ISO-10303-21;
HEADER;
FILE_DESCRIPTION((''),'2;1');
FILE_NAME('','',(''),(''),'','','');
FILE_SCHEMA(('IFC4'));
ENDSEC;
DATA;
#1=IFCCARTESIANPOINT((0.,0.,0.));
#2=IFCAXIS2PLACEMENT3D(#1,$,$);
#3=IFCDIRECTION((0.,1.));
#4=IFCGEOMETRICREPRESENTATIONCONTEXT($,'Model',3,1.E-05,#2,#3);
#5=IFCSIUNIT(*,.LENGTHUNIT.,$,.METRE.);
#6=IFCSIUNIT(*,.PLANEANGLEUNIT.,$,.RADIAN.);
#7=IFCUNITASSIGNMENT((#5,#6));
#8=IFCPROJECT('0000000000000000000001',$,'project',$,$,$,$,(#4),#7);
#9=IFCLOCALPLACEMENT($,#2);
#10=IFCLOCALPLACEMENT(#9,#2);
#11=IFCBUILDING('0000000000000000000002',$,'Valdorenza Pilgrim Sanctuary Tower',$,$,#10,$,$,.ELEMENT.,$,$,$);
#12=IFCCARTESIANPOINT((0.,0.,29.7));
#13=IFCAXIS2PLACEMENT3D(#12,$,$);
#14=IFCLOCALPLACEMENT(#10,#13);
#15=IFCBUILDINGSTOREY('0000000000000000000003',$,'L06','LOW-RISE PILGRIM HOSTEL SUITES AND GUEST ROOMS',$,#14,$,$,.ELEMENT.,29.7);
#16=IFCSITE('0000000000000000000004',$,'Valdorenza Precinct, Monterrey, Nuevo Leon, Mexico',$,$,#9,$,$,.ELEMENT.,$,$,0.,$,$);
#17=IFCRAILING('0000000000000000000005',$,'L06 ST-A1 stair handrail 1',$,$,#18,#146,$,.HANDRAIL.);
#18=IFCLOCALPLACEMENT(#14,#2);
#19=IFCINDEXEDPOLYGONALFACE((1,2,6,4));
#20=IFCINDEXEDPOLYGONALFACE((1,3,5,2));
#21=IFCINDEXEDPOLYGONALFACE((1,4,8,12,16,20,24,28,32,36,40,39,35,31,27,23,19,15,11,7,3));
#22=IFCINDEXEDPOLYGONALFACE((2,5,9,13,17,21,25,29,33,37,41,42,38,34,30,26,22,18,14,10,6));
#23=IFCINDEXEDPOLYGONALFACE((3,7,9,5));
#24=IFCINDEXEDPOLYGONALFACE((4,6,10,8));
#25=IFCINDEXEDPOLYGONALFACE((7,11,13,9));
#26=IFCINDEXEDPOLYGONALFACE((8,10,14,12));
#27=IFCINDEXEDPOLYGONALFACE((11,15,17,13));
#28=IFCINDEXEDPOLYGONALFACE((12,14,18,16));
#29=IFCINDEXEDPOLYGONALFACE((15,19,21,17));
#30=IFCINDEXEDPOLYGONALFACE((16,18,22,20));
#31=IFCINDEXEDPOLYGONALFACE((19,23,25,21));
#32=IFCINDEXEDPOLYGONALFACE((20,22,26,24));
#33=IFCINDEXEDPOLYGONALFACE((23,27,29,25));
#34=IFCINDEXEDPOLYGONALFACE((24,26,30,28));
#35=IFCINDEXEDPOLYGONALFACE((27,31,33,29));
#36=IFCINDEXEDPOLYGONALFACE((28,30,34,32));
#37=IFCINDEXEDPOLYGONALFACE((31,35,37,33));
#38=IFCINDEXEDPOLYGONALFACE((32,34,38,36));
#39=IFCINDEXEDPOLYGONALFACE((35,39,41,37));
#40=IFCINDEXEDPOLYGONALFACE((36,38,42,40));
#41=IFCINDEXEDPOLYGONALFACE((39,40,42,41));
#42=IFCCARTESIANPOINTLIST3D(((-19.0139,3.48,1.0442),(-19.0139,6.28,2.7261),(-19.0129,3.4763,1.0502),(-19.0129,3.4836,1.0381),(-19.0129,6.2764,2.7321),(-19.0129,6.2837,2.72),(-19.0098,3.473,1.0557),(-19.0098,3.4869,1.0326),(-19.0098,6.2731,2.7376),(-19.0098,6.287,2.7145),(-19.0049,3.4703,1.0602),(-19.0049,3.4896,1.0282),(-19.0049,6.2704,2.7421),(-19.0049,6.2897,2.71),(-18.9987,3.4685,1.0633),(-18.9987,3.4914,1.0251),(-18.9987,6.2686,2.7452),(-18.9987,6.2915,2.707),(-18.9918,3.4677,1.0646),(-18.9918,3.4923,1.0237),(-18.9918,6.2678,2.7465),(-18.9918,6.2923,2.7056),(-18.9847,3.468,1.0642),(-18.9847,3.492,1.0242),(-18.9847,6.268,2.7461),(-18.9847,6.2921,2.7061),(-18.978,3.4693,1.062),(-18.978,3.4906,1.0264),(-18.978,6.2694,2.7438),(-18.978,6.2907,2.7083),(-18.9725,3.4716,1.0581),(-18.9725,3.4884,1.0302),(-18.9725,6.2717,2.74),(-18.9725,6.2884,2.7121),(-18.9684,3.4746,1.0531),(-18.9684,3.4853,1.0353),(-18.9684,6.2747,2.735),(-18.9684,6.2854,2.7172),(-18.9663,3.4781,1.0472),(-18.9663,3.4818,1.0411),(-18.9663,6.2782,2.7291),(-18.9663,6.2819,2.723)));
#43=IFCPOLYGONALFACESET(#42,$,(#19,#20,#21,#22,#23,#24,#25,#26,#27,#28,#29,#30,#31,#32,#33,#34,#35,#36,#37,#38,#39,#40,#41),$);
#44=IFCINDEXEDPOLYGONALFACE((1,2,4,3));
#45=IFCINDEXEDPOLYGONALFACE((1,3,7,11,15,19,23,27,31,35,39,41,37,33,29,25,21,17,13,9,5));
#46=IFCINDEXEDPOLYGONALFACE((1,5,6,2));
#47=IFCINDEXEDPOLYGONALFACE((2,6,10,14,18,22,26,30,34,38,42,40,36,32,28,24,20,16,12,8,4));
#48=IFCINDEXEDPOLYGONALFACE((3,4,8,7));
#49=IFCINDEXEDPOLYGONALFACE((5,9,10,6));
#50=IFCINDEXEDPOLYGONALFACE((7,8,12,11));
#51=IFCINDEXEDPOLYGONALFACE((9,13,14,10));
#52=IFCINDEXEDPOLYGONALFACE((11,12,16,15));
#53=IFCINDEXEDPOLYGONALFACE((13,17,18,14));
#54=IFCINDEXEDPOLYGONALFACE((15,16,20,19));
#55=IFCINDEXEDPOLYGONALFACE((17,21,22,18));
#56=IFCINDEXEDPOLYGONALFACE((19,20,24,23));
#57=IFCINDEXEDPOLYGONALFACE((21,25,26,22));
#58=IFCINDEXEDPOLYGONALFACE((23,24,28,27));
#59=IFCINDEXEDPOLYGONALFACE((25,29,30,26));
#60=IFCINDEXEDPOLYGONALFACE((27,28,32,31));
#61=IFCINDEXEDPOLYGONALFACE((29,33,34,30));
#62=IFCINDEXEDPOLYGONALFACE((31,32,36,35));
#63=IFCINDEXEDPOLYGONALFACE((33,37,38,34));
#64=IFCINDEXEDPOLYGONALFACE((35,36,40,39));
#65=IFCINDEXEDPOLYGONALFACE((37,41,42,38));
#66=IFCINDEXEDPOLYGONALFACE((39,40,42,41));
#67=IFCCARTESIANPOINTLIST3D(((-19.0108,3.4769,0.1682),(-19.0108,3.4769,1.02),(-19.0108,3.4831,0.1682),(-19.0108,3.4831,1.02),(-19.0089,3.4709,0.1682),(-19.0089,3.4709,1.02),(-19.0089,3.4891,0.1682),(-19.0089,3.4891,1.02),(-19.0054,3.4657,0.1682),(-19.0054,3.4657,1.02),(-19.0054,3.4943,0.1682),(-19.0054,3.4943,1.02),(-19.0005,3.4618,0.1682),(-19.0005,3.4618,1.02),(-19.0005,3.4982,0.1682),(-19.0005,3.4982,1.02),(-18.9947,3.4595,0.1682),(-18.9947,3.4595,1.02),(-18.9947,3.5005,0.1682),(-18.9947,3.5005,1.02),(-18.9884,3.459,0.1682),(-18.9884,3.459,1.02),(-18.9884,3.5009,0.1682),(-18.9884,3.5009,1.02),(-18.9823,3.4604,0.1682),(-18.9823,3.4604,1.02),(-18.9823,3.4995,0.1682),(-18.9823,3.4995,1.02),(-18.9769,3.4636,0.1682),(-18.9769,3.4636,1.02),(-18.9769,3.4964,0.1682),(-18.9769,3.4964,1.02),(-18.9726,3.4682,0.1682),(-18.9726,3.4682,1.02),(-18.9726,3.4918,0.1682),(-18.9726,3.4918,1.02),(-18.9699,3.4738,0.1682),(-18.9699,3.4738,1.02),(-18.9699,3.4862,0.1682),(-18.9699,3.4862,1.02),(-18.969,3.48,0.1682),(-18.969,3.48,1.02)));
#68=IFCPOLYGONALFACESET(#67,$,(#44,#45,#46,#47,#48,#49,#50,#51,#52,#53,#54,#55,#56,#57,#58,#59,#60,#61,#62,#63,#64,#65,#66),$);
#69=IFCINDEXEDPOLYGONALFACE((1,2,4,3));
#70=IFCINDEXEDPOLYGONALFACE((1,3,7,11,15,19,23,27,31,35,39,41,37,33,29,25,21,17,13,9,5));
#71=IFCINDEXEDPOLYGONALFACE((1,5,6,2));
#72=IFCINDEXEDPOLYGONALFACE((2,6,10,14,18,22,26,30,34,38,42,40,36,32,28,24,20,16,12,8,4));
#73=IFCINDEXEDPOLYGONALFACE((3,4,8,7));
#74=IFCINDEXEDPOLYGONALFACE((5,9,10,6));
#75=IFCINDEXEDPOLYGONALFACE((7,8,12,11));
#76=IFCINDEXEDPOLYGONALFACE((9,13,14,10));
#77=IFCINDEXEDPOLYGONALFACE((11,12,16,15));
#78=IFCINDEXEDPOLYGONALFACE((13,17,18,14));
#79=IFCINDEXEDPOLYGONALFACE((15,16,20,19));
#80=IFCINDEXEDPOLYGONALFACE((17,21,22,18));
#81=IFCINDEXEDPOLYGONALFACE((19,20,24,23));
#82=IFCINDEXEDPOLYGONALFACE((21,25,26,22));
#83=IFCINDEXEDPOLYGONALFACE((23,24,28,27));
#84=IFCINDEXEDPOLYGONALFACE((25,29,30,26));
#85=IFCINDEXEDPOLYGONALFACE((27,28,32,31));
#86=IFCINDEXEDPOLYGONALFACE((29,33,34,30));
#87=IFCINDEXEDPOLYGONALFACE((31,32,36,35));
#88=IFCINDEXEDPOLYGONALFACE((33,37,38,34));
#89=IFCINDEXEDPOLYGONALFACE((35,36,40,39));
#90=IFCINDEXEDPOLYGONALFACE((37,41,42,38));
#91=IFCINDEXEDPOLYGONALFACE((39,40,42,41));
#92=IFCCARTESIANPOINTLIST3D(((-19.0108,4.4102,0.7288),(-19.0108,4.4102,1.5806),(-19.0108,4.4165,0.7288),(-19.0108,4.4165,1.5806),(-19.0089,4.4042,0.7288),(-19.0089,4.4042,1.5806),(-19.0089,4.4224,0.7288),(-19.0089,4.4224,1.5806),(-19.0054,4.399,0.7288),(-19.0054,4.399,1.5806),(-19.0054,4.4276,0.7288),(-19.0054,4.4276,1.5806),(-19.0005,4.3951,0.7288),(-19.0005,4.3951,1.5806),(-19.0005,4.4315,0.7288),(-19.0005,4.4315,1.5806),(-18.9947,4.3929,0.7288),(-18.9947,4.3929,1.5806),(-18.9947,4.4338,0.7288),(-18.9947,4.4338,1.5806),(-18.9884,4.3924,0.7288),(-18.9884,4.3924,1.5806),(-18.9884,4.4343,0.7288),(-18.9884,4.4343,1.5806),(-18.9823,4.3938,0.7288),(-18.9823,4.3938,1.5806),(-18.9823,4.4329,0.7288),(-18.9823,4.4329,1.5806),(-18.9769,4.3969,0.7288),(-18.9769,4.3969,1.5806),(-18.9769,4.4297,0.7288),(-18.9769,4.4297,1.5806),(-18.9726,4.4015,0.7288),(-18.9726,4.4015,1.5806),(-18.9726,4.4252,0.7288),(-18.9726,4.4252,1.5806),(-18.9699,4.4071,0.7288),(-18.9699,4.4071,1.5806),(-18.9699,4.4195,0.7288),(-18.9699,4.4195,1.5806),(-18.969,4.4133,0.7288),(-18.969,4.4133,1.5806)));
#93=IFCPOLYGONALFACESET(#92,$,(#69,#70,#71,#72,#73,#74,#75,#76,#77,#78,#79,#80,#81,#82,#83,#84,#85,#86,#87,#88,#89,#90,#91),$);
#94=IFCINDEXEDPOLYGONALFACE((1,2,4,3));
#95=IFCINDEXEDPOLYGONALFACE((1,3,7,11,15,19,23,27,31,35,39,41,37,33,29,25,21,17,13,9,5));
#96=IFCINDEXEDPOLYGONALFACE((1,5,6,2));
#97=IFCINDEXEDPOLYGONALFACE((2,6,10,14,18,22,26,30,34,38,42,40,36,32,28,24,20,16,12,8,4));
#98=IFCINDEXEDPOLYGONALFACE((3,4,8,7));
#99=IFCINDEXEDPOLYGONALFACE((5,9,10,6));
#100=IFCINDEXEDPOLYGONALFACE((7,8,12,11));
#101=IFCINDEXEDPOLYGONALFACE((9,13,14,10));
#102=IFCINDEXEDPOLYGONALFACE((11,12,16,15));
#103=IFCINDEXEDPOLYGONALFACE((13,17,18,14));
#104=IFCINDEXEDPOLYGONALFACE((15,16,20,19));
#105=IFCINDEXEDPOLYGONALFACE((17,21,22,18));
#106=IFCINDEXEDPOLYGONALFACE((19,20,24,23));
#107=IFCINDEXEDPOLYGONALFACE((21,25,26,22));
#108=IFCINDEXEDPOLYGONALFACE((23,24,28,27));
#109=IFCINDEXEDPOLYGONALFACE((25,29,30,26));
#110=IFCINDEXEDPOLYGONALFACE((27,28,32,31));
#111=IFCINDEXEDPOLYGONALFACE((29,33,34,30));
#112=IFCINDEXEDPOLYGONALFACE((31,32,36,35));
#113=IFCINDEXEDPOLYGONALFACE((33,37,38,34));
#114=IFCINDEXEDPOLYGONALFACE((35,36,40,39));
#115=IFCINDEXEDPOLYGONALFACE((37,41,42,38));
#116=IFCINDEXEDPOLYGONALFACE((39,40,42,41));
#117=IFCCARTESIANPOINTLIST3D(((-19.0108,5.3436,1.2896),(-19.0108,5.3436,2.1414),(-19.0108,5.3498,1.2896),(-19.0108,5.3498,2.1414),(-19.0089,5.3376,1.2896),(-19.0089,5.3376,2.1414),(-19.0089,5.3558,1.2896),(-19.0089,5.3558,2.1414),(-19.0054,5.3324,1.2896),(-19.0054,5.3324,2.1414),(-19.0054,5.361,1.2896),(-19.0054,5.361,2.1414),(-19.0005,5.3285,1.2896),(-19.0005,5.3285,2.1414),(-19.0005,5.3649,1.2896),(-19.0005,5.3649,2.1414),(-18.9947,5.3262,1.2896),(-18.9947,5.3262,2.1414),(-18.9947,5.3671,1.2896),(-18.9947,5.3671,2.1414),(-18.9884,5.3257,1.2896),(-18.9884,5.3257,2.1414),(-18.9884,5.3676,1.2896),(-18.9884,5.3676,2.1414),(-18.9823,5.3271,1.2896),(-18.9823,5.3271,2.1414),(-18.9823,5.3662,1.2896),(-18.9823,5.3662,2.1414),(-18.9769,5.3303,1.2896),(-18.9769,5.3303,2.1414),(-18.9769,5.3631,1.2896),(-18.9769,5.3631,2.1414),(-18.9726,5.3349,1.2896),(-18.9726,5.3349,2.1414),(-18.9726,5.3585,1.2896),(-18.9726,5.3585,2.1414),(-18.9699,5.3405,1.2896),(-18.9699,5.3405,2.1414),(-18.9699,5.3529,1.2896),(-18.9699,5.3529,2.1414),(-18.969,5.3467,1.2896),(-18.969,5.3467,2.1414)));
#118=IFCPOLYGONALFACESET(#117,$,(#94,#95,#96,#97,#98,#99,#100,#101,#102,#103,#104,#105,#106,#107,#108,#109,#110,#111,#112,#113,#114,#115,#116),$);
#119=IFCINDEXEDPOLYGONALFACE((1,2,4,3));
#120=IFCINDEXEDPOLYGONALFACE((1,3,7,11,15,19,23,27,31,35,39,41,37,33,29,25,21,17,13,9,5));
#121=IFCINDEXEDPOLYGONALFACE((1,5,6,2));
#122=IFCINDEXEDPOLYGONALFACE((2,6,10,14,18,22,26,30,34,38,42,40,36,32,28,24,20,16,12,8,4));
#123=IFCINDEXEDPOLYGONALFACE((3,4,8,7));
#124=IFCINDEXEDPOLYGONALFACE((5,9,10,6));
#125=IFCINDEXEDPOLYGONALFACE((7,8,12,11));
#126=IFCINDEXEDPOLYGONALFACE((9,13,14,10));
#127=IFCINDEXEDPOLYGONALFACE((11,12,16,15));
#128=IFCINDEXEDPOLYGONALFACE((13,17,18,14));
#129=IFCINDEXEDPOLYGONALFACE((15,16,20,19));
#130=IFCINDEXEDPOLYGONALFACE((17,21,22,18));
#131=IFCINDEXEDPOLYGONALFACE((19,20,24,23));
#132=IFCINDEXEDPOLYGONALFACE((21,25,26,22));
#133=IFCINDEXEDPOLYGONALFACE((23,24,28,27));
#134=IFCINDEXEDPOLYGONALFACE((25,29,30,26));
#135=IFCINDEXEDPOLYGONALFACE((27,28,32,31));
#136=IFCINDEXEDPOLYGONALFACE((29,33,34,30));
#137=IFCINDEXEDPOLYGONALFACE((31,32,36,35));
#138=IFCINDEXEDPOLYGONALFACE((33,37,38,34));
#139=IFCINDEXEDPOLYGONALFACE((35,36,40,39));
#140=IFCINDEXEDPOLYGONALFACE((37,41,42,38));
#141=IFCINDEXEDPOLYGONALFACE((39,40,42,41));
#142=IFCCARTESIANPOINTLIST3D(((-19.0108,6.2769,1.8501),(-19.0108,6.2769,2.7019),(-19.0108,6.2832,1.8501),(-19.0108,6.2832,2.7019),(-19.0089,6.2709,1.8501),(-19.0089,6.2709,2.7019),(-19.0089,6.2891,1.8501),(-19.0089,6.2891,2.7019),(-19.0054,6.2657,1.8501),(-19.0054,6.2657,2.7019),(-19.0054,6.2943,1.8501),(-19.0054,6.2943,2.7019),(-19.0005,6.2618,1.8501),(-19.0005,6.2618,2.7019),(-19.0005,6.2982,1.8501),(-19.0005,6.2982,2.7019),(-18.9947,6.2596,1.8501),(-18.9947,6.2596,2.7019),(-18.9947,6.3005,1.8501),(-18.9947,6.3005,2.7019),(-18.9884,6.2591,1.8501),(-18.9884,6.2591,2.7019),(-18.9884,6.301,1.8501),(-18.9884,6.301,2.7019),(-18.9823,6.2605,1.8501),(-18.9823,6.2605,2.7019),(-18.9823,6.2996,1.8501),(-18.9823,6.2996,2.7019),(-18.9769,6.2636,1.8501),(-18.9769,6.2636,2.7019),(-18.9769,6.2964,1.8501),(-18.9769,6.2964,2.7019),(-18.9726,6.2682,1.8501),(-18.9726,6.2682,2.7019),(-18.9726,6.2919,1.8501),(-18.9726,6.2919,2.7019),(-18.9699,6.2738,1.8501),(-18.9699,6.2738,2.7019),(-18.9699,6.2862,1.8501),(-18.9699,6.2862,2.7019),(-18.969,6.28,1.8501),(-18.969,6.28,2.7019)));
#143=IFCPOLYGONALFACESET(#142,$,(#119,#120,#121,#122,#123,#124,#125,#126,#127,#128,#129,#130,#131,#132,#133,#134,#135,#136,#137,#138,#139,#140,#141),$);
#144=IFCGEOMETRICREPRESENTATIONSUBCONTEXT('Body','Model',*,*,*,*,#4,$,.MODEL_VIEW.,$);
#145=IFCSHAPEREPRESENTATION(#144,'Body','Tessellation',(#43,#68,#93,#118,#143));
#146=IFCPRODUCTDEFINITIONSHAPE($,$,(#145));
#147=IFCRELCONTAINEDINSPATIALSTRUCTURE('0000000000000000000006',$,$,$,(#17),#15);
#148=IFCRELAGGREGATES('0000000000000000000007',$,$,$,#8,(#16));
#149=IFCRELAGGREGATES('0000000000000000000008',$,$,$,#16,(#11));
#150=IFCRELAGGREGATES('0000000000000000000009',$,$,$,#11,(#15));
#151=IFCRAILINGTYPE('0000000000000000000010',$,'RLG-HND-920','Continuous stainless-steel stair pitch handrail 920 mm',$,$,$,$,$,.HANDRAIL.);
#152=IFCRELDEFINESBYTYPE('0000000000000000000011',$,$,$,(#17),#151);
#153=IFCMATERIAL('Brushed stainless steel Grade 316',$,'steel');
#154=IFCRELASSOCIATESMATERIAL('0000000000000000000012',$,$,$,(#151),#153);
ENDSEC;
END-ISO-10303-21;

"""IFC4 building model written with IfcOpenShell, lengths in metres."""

from ifc_helpers import new_model, si_unit, direction, frame, origin, origin_2d, place, context, subcontext, project, spatial, circle, extrude, material, type_object, element, save


model = new_model("IFC4")

# Units and contexts
model_context = context("Model", 3, precision=1e-05, world=origin(), true_north=direction((0.0, 1.0)))
body_context = subcontext(model_context, "Body", "Model", "MODEL_VIEW")
ifc_project = project(units=[si_unit("LENGTHUNIT", "METRE"), si_unit("PLANEANGLEUNIT", "RADIAN")], contexts=[model_context])

# Site, building, storey
site_placement = place(None, origin())
site = spatial("IfcSite", under=ifc_project, at=site_placement, Name="Valdorenza Precinct, Monterrey, Nuevo Leon, Mexico", CompositionType="ELEMENT", RefElevation=0.0)
building_placement = place(site_placement, origin())
building = spatial("IfcBuilding", under=site, at=building_placement, Name="Valdorenza Pilgrim Sanctuary Tower", CompositionType="ELEMENT")
storey_placement = place(building_placement, frame((0.0, 0.0, 29.7)))
storey = spatial("IfcBuildingStorey", under=building, at=storey_placement, Name="L06", Description="LOW-RISE PILGRIM HOSTEL SUITES AND GUEST ROOMS", CompositionType="ELEMENT", Elevation=29.7)

# Shared definitions
ifc_material_1 = material(Name="Brushed stainless steel Grade 316", Category="steel")

# Railing
railing_type_1 = type_object("IfcRailingType", Name="RLG-HND-920", Description="Continuous stainless-steel stair pitch handrail 920 mm", PredefinedType="HANDRAIL", material=ifc_material_1)
railing_1_placement = place(storey_placement, frame((-18.99, 3.48, 0.1682)))
element("IfcRailing", 1, at=railing_1_placement, inside=storey, type_object=railing_type_1, Name="L06 ST-A1 stair handrail 1", PredefinedType="HANDRAIL", context=body_context, shape_type="SweptSolid", body=[
    extrude(circle(Radius=0.0239, at=origin_2d()), frame((0.0, 0.0, 0.876), z_axis=(0.0, 0.857242, 0.514913), x_axis=(-1.0, 0.0, 0.0)), (0.0, 0.0, 1.0), 3.2664),
    extrude(circle(Radius=0.021, at=origin_2d()), origin(), (0.0, 0.0, 1.0), 0.8518),
    extrude(circle(Radius=0.021, at=origin_2d()), frame((0.0, 0.9333, 0.5605)), (0.0, 0.0, 1.0), 0.8518),
    extrude(circle(Radius=0.021, at=origin_2d()), frame((0.0, 1.8667, 1.1213)), (0.0, 0.0, 1.0), 0.8518),
    extrude(circle(Radius=0.021, at=origin_2d()), frame((0.0, 2.8, 1.6819)), (0.0, 0.0, 1.0), 0.8518),
])

save(model, "model.ifc")
